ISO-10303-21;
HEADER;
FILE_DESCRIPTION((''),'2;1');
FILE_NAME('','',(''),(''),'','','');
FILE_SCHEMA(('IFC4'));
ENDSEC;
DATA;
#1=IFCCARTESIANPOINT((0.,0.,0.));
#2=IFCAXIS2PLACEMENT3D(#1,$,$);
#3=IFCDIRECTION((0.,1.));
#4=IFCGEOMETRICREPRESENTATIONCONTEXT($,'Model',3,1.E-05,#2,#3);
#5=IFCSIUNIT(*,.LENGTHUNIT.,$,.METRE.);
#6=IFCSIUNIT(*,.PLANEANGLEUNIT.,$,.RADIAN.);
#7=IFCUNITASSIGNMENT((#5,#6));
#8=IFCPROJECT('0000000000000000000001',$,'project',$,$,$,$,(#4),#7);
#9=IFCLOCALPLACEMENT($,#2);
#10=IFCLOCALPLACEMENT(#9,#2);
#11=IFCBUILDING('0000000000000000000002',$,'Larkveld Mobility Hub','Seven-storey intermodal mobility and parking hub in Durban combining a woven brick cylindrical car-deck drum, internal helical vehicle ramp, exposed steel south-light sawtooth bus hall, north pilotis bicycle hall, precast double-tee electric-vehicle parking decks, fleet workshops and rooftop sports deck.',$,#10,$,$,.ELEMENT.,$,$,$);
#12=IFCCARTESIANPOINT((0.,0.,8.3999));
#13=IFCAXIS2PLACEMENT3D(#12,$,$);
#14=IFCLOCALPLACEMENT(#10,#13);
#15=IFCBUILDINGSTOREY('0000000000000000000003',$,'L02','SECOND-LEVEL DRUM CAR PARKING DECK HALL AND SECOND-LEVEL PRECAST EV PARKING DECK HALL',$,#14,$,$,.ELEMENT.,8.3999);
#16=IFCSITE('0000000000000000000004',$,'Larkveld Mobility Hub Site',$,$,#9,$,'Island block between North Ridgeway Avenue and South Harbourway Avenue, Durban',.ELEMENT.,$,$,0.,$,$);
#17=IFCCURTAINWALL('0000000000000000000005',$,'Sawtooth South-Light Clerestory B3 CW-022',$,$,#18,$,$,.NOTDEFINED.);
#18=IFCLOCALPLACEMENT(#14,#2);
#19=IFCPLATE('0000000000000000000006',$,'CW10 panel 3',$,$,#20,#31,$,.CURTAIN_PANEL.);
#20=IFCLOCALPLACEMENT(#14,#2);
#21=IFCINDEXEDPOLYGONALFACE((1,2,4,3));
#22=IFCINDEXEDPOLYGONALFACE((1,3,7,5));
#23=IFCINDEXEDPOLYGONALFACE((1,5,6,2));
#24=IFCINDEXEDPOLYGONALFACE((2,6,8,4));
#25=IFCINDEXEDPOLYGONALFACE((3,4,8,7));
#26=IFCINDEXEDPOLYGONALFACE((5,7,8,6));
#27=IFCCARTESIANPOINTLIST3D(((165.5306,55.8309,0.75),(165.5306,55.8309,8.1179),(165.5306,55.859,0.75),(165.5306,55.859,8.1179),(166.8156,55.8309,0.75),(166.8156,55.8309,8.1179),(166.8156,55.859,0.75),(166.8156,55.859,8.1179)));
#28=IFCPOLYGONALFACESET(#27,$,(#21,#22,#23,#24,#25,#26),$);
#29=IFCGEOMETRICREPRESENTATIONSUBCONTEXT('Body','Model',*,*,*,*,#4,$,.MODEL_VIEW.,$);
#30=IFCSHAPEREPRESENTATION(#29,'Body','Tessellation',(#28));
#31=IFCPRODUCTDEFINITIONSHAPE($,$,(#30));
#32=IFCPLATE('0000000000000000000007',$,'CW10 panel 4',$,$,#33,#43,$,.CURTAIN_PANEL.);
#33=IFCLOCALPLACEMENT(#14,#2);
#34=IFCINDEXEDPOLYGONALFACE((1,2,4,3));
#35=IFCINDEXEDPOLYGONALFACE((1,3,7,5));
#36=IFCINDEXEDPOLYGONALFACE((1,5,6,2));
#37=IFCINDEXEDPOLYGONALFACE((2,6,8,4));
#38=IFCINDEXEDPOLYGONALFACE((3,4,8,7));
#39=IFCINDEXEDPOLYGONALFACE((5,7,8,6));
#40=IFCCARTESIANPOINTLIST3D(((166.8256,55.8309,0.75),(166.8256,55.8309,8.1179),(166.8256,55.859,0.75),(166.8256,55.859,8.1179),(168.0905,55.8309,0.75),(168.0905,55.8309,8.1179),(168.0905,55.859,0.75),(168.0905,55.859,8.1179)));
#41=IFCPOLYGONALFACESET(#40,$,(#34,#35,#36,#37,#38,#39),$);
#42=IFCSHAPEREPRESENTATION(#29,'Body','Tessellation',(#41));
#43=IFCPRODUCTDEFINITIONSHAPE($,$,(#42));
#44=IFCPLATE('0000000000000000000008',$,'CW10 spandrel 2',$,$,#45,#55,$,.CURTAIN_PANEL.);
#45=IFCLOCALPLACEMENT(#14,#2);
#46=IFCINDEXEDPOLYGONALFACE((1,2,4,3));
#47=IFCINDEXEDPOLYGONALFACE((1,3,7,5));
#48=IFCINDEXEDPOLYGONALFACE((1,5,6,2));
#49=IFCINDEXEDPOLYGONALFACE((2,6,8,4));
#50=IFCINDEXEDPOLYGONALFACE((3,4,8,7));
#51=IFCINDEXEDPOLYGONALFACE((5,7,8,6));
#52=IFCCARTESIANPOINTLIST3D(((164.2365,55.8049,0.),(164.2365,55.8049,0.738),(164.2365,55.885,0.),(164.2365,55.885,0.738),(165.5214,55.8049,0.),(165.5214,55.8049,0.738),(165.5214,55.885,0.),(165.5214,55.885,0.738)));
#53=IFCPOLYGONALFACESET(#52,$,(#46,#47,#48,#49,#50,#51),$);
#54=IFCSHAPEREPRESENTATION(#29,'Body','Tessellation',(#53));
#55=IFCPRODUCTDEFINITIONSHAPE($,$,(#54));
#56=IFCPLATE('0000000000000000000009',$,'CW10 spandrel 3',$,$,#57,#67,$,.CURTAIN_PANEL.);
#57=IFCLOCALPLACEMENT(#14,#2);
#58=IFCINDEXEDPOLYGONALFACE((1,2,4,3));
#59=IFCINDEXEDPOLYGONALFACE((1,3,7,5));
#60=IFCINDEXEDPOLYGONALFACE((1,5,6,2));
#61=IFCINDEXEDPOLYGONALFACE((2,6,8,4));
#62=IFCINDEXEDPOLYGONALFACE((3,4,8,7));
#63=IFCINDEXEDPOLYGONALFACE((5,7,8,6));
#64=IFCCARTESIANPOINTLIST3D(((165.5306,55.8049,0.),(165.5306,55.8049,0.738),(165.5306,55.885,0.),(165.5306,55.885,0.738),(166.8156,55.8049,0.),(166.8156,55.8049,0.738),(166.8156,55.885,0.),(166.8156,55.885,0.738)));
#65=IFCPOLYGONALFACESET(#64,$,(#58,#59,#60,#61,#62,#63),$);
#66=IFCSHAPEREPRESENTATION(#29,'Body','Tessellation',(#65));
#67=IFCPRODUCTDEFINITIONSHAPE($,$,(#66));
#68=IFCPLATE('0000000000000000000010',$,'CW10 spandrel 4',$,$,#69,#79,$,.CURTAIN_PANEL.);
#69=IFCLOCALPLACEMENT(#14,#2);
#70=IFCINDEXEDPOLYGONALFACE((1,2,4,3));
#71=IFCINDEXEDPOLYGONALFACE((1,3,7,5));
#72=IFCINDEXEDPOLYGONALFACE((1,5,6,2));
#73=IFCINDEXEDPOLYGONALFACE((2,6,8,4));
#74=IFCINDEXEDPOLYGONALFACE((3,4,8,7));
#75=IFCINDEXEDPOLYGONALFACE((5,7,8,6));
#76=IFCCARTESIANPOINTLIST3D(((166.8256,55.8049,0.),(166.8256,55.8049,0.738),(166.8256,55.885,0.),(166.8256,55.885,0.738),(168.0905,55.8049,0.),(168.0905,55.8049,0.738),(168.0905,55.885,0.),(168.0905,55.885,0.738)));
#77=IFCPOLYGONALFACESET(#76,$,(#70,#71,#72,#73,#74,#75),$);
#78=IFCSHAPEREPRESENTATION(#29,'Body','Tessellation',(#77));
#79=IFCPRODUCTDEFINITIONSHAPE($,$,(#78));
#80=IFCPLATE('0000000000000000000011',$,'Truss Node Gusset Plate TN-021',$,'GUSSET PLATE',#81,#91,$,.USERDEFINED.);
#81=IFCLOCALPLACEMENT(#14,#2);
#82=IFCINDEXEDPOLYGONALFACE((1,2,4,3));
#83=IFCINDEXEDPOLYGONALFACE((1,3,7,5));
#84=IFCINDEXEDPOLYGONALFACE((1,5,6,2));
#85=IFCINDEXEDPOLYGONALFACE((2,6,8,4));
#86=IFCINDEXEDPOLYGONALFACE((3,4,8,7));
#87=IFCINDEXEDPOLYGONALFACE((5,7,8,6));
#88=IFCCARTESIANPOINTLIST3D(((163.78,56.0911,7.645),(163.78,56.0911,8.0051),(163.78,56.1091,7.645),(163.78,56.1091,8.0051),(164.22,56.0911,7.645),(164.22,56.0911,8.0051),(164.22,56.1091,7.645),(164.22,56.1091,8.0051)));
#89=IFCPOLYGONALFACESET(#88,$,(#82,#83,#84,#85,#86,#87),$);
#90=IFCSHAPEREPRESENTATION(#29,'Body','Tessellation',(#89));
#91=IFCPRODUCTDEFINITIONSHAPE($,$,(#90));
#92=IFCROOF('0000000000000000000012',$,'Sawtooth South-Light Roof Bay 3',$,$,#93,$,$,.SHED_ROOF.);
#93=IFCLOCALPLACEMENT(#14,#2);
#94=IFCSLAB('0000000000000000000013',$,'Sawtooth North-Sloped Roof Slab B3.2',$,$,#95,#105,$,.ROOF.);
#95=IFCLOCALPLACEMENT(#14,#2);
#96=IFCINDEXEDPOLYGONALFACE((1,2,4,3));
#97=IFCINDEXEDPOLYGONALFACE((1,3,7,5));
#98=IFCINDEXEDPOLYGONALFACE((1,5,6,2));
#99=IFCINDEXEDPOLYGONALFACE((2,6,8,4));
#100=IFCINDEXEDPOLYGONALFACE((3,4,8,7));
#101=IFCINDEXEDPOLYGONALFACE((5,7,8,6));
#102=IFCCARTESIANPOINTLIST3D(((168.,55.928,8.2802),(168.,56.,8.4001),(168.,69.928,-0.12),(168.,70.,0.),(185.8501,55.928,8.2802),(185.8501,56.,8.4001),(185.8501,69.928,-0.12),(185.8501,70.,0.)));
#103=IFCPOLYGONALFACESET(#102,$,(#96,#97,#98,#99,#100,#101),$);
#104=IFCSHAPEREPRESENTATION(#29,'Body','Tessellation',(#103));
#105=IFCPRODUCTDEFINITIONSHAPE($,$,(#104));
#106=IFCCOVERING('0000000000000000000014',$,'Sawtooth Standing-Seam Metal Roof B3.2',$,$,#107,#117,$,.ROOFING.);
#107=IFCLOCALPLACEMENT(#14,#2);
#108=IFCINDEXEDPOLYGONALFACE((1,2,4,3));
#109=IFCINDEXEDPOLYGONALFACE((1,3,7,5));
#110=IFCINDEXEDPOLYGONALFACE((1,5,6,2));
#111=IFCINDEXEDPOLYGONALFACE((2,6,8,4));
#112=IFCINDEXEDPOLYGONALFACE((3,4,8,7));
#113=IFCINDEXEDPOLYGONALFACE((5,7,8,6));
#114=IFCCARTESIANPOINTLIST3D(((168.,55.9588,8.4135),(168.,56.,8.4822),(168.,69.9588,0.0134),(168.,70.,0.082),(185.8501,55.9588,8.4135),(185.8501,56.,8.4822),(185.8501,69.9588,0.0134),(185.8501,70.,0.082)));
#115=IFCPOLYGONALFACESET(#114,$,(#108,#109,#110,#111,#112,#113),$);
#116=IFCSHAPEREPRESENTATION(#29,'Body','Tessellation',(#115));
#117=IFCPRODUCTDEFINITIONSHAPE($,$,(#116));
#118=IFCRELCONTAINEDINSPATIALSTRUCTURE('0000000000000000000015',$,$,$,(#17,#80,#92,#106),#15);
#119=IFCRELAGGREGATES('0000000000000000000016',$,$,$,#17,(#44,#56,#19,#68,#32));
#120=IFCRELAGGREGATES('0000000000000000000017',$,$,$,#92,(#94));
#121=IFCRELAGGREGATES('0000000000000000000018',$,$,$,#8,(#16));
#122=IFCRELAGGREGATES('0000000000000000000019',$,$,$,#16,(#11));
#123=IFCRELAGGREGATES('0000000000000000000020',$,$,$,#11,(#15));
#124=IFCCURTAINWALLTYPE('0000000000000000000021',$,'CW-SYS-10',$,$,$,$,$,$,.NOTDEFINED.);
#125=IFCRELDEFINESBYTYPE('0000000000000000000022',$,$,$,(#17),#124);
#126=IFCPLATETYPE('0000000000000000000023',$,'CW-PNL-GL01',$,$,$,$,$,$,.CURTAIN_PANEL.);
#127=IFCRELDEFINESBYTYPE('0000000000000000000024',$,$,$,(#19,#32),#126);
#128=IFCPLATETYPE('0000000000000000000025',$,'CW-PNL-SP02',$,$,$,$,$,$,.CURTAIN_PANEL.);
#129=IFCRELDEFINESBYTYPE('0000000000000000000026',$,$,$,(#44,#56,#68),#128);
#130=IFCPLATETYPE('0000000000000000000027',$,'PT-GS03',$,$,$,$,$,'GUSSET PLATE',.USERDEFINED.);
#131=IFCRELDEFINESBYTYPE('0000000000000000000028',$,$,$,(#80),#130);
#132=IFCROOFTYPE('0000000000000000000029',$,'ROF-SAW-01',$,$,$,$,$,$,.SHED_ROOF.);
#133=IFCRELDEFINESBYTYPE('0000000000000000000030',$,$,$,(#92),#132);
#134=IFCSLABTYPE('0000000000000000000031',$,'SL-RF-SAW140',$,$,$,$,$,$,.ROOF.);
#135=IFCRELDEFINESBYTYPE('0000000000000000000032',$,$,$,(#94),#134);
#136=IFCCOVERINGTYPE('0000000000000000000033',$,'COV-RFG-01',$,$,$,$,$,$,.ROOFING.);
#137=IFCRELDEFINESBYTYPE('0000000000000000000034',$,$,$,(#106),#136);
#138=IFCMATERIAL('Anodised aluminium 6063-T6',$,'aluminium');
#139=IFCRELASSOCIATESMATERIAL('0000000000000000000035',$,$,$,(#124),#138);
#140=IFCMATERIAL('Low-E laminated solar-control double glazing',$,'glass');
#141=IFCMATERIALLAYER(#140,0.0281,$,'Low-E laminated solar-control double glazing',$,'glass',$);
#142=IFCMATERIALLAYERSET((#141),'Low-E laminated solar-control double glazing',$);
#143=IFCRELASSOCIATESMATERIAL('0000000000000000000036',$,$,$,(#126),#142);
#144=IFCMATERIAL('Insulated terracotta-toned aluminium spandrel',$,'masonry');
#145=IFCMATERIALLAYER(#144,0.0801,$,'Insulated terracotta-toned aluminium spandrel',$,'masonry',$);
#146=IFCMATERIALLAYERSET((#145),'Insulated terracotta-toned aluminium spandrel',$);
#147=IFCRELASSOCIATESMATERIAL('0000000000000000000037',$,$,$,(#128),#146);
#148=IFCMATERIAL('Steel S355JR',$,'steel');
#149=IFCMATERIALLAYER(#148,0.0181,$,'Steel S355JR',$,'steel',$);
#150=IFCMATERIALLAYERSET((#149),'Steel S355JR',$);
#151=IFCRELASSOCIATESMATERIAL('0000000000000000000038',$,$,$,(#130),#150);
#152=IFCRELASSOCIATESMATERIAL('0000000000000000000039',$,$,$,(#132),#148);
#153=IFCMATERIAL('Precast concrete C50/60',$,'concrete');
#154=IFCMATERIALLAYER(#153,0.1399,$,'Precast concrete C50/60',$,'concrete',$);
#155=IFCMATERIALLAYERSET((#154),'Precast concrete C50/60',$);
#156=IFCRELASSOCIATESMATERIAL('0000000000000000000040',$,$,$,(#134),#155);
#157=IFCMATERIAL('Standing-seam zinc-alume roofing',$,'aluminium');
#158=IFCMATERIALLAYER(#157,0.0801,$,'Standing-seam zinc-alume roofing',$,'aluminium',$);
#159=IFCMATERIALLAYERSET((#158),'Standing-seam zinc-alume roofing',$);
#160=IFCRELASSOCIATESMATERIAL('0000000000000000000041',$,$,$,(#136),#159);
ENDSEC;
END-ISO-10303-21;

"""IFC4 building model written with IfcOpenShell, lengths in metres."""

from ifc_helpers import new_model, si_unit, direction, frame, origin, origin_2d, place, context, subcontext, project, spatial, polyline, rectangle, outline, extrude, material, layer, layer_set, type_object, element, aggregate, save


model = new_model("IFC4")

# Units and contexts
model_context = context("Model", 3, precision=1e-05, world=origin(), true_north=direction((0.0, 1.0)))
body_context = subcontext(model_context, "Body", "Model", "MODEL_VIEW")
ifc_project = project(units=[si_unit("LENGTHUNIT", "METRE"), si_unit("PLANEANGLEUNIT", "RADIAN")], contexts=[model_context])

# Site, building, storey
site_placement = place(None, origin())
site = spatial("IfcSite", under=ifc_project, at=site_placement, Name="Larkveld Mobility Hub Site", LongName="Island block between North Ridgeway Avenue and South Harbourway Avenue, Durban", CompositionType="ELEMENT", RefElevation=0.0)
building_placement = place(site_placement, origin())
building = spatial("IfcBuilding", under=site, at=building_placement, Name="Larkveld Mobility Hub", Description="Seven-storey intermodal mobility and parking hub in Durban combining a woven brick cylindrical car-deck drum, internal helical vehicle ramp, exposed steel south-light sawtooth bus hall, north pilotis bicycle hall, precast double-tee electric-vehicle parking decks, fleet workshops and rooftop sports deck.", CompositionType="ELEMENT")
storey_placement = place(building_placement, frame((0.0, 0.0, 8.3999)))
storey = spatial("IfcBuildingStorey", under=building, at=storey_placement, Name="L02", Description="SECOND-LEVEL DRUM CAR PARKING DECK HALL AND SECOND-LEVEL PRECAST EV PARKING DECK HALL", CompositionType="ELEMENT", Elevation=8.3999)

# Curtain wall
ifc_material_1 = material(Name="Anodised aluminium 6063-T6", Category="aluminium")
curtain_wall_type_1 = type_object("IfcCurtainWallType", Name="CW-SYS-10", PredefinedType="NOTDEFINED", material=ifc_material_1)
curtain_wall_1_placement = place(storey_placement, origin())
curtain_wall_1 = element("IfcCurtainWall", 1, at=curtain_wall_1_placement, inside=storey, type_object=curtain_wall_type_1, Name="Sawtooth South-Light Clerestory B3 CW-022", PredefinedType="NOTDEFINED")

# Shared definitions
ifc_material_2 = material(Name="Steel S355JR", Category="steel")

# Plates
ifc_material_3 = material(Name="Low-E laminated solar-control double glazing", Category="glass")
ifc_layer_1 = layer(ifc_material_3, 0.0281, Name="Low-E laminated solar-control double glazing", Category="glass")
ifc_layer_set_1 = layer_set([ifc_layer_1], Name="Low-E laminated solar-control double glazing")
plate_type_1 = type_object("IfcPlateType", Name="CW-PNL-GL01", PredefinedType="CURTAIN_PANEL", material=ifc_layer_set_1)
plate_1_placement = place(storey_placement, frame((166.1731, 55.845, 0.75), z_axis=(0.0, 0.0, 1.0), x_axis=(1.0, 0.0, 0.0)))
plate_1 = element("IfcPlate", 2, at=plate_1_placement, type_object=plate_type_1, Name="CW10 panel 3", PredefinedType="CURTAIN_PANEL", context=body_context, shape_type="SweptSolid", body=[
    extrude(rectangle(XDim=1.2849, YDim=0.0281, at=origin_2d()), origin(), (0.0, 0.0, 1.0), 7.3679),
])
plate_2_placement = place(storey_placement, frame((167.458, 55.845, 0.75), z_axis=(0.0, 0.0, 1.0), x_axis=(1.0, 0.0, 0.0)))
plate_2 = element("IfcPlate", 3, at=plate_2_placement, type_object=plate_type_1, Name="CW10 panel 4", PredefinedType="CURTAIN_PANEL", context=body_context, shape_type="SweptSolid", body=[
    extrude(rectangle(XDim=1.2649, YDim=0.0281, at=origin_2d()), origin(), (0.0, 0.0, 1.0), 7.3679),
])
ifc_material_4 = material(Name="Insulated terracotta-toned aluminium spandrel", Category="masonry")
ifc_layer_2 = layer(ifc_material_4, 0.0801, Name="Insulated terracotta-toned aluminium spandrel", Category="masonry")
ifc_layer_set_2 = layer_set([ifc_layer_2], Name="Insulated terracotta-toned aluminium spandrel")
plate_type_2 = type_object("IfcPlateType", Name="CW-PNL-SP02", PredefinedType="CURTAIN_PANEL", material=ifc_layer_set_2)
plate_3_placement = place(storey_placement, frame((164.8789, 55.845, 0.0), z_axis=(0.0, 0.0, 1.0), x_axis=(1.0, 0.0, 0.0)))
plate_3 = element("IfcPlate", 4, at=plate_3_placement, type_object=plate_type_2, Name="CW10 spandrel 2", PredefinedType="CURTAIN_PANEL", context=body_context, shape_type="SweptSolid", body=[
    extrude(rectangle(XDim=1.2849, YDim=0.0801, at=origin_2d()), origin(), (0.0, 0.0, 1.0), 0.738),
])
plate_4_placement = place(storey_placement, frame((166.1731, 55.845, 0.0), z_axis=(0.0, 0.0, 1.0), x_axis=(1.0, 0.0, 0.0)))
plate_4 = element("IfcPlate", 5, at=plate_4_placement, type_object=plate_type_2, Name="CW10 spandrel 3", PredefinedType="CURTAIN_PANEL", context=body_context, shape_type="SweptSolid", body=[
    extrude(rectangle(XDim=1.2849, YDim=0.0801, at=origin_2d()), origin(), (0.0, 0.0, 1.0), 0.738),
])
plate_5_placement = place(storey_placement, frame((167.458, 55.845, 0.0), z_axis=(0.0, 0.0, 1.0), x_axis=(1.0, 0.0, 0.0)))
plate_5 = element("IfcPlate", 6, at=plate_5_placement, type_object=plate_type_2, Name="CW10 spandrel 4", PredefinedType="CURTAIN_PANEL", context=body_context, shape_type="SweptSolid", body=[
    extrude(rectangle(XDim=1.2649, YDim=0.0801, at=origin_2d()), origin(), (0.0, 0.0, 1.0), 0.738),
])
aggregate(curtain_wall_1, [plate_3, plate_4, plate_1, plate_5, plate_2])
ifc_layer_3 = layer(ifc_material_2, 0.0181, Name="Steel S355JR", Category="steel")
ifc_layer_set_3 = layer_set([ifc_layer_3], Name="Steel S355JR")
plate_type_3 = type_object("IfcPlateType", Name="PT-GS03", ElementType="GUSSET PLATE", PredefinedType="USERDEFINED", material=ifc_layer_set_3)
plate_6_placement = place(storey_placement, frame((164.0, 56.1001, 7.645), z_axis=(0.0, 0.0, 1.0), x_axis=(1.0, 0.0, 0.0)))
element("IfcPlate", 7, at=plate_6_placement, inside=storey, type_object=plate_type_3, Name="Truss Node Gusset Plate TN-021", ObjectType="GUSSET PLATE", PredefinedType="USERDEFINED", context=body_context, shape_type="SweptSolid", body=[
    extrude(rectangle(XDim=0.4399, YDim=0.0181, at=origin_2d()), origin(), (0.0, 0.0, 1.0), 0.3601),
])

# Roof, slab
roof_type = type_object("IfcRoofType", Name="ROF-SAW-01", PredefinedType="SHED_ROOF", material=ifc_material_2)
roof_placement = place(storey_placement, origin())
roof = element("IfcRoof", 8, at=roof_placement, inside=storey, type_object=roof_type, Name="Sawtooth South-Light Roof Bay 3", PredefinedType="SHED_ROOF")
ifc_material_5 = material(Name="Precast concrete C50/60", Category="concrete")
ifc_layer_4 = layer(ifc_material_5, 0.1399, Name="Precast concrete C50/60", Category="concrete")
ifc_layer_set_4 = layer_set([ifc_layer_4], Name="Precast concrete C50/60")
slab_type = type_object("IfcSlabType", Name="SL-RF-SAW140", PredefinedType="ROOF", material=ifc_layer_set_4)
slab_placement = place(storey_placement, frame((168.0, 56.0, 8.4001), z_axis=(0.0, 0.514502, 0.857489), x_axis=(1.0, 0.0, 0.0)))
slab = element("IfcSlab", 9, at=slab_placement, type_object=slab_type, Name="Sawtooth North-Sloped Roof Slab B3.2", PredefinedType="ROOF", context=body_context, shape_type="SweptSolid", body=[
    extrude(outline(polyline([(0.0, 0.0), (17.8501, 0.0), (17.8501, 16.3267), (0.0, 16.3267), (0.0, 0.0)])), origin(), (0.0, 0.0, -1.0), 0.1399),
])
aggregate(roof, [slab])

# Covering
ifc_material_6 = material(Name="Standing-seam zinc-alume roofing", Category="aluminium")
ifc_layer_5 = layer(ifc_material_6, 0.0801, Name="Standing-seam zinc-alume roofing", Category="aluminium")
ifc_layer_set_5 = layer_set([ifc_layer_5], Name="Standing-seam zinc-alume roofing")
covering_type = type_object("IfcCoveringType", Name="COV-RFG-01", PredefinedType="ROOFING", material=ifc_layer_set_5)
covering_placement = place(storey_placement, frame((168.0, 56.0, 8.4822), z_axis=(0.0, 0.514502, 0.857489), x_axis=(1.0, 0.0, 0.0)))
element("IfcCovering", 10, at=covering_placement, inside=storey, type_object=covering_type, Name="Sawtooth Standing-Seam Metal Roof B3.2", PredefinedType="ROOFING", context=body_context, shape_type="SweptSolid", body=[
    extrude(outline(polyline([(0.0, 0.0), (17.8501, 0.0), (17.8501, 16.3267), (0.0, 16.3267), (0.0, 0.0)])), origin(), (0.0, 0.0, -1.0), 0.0801),
])

save(model, "model.ifc")
